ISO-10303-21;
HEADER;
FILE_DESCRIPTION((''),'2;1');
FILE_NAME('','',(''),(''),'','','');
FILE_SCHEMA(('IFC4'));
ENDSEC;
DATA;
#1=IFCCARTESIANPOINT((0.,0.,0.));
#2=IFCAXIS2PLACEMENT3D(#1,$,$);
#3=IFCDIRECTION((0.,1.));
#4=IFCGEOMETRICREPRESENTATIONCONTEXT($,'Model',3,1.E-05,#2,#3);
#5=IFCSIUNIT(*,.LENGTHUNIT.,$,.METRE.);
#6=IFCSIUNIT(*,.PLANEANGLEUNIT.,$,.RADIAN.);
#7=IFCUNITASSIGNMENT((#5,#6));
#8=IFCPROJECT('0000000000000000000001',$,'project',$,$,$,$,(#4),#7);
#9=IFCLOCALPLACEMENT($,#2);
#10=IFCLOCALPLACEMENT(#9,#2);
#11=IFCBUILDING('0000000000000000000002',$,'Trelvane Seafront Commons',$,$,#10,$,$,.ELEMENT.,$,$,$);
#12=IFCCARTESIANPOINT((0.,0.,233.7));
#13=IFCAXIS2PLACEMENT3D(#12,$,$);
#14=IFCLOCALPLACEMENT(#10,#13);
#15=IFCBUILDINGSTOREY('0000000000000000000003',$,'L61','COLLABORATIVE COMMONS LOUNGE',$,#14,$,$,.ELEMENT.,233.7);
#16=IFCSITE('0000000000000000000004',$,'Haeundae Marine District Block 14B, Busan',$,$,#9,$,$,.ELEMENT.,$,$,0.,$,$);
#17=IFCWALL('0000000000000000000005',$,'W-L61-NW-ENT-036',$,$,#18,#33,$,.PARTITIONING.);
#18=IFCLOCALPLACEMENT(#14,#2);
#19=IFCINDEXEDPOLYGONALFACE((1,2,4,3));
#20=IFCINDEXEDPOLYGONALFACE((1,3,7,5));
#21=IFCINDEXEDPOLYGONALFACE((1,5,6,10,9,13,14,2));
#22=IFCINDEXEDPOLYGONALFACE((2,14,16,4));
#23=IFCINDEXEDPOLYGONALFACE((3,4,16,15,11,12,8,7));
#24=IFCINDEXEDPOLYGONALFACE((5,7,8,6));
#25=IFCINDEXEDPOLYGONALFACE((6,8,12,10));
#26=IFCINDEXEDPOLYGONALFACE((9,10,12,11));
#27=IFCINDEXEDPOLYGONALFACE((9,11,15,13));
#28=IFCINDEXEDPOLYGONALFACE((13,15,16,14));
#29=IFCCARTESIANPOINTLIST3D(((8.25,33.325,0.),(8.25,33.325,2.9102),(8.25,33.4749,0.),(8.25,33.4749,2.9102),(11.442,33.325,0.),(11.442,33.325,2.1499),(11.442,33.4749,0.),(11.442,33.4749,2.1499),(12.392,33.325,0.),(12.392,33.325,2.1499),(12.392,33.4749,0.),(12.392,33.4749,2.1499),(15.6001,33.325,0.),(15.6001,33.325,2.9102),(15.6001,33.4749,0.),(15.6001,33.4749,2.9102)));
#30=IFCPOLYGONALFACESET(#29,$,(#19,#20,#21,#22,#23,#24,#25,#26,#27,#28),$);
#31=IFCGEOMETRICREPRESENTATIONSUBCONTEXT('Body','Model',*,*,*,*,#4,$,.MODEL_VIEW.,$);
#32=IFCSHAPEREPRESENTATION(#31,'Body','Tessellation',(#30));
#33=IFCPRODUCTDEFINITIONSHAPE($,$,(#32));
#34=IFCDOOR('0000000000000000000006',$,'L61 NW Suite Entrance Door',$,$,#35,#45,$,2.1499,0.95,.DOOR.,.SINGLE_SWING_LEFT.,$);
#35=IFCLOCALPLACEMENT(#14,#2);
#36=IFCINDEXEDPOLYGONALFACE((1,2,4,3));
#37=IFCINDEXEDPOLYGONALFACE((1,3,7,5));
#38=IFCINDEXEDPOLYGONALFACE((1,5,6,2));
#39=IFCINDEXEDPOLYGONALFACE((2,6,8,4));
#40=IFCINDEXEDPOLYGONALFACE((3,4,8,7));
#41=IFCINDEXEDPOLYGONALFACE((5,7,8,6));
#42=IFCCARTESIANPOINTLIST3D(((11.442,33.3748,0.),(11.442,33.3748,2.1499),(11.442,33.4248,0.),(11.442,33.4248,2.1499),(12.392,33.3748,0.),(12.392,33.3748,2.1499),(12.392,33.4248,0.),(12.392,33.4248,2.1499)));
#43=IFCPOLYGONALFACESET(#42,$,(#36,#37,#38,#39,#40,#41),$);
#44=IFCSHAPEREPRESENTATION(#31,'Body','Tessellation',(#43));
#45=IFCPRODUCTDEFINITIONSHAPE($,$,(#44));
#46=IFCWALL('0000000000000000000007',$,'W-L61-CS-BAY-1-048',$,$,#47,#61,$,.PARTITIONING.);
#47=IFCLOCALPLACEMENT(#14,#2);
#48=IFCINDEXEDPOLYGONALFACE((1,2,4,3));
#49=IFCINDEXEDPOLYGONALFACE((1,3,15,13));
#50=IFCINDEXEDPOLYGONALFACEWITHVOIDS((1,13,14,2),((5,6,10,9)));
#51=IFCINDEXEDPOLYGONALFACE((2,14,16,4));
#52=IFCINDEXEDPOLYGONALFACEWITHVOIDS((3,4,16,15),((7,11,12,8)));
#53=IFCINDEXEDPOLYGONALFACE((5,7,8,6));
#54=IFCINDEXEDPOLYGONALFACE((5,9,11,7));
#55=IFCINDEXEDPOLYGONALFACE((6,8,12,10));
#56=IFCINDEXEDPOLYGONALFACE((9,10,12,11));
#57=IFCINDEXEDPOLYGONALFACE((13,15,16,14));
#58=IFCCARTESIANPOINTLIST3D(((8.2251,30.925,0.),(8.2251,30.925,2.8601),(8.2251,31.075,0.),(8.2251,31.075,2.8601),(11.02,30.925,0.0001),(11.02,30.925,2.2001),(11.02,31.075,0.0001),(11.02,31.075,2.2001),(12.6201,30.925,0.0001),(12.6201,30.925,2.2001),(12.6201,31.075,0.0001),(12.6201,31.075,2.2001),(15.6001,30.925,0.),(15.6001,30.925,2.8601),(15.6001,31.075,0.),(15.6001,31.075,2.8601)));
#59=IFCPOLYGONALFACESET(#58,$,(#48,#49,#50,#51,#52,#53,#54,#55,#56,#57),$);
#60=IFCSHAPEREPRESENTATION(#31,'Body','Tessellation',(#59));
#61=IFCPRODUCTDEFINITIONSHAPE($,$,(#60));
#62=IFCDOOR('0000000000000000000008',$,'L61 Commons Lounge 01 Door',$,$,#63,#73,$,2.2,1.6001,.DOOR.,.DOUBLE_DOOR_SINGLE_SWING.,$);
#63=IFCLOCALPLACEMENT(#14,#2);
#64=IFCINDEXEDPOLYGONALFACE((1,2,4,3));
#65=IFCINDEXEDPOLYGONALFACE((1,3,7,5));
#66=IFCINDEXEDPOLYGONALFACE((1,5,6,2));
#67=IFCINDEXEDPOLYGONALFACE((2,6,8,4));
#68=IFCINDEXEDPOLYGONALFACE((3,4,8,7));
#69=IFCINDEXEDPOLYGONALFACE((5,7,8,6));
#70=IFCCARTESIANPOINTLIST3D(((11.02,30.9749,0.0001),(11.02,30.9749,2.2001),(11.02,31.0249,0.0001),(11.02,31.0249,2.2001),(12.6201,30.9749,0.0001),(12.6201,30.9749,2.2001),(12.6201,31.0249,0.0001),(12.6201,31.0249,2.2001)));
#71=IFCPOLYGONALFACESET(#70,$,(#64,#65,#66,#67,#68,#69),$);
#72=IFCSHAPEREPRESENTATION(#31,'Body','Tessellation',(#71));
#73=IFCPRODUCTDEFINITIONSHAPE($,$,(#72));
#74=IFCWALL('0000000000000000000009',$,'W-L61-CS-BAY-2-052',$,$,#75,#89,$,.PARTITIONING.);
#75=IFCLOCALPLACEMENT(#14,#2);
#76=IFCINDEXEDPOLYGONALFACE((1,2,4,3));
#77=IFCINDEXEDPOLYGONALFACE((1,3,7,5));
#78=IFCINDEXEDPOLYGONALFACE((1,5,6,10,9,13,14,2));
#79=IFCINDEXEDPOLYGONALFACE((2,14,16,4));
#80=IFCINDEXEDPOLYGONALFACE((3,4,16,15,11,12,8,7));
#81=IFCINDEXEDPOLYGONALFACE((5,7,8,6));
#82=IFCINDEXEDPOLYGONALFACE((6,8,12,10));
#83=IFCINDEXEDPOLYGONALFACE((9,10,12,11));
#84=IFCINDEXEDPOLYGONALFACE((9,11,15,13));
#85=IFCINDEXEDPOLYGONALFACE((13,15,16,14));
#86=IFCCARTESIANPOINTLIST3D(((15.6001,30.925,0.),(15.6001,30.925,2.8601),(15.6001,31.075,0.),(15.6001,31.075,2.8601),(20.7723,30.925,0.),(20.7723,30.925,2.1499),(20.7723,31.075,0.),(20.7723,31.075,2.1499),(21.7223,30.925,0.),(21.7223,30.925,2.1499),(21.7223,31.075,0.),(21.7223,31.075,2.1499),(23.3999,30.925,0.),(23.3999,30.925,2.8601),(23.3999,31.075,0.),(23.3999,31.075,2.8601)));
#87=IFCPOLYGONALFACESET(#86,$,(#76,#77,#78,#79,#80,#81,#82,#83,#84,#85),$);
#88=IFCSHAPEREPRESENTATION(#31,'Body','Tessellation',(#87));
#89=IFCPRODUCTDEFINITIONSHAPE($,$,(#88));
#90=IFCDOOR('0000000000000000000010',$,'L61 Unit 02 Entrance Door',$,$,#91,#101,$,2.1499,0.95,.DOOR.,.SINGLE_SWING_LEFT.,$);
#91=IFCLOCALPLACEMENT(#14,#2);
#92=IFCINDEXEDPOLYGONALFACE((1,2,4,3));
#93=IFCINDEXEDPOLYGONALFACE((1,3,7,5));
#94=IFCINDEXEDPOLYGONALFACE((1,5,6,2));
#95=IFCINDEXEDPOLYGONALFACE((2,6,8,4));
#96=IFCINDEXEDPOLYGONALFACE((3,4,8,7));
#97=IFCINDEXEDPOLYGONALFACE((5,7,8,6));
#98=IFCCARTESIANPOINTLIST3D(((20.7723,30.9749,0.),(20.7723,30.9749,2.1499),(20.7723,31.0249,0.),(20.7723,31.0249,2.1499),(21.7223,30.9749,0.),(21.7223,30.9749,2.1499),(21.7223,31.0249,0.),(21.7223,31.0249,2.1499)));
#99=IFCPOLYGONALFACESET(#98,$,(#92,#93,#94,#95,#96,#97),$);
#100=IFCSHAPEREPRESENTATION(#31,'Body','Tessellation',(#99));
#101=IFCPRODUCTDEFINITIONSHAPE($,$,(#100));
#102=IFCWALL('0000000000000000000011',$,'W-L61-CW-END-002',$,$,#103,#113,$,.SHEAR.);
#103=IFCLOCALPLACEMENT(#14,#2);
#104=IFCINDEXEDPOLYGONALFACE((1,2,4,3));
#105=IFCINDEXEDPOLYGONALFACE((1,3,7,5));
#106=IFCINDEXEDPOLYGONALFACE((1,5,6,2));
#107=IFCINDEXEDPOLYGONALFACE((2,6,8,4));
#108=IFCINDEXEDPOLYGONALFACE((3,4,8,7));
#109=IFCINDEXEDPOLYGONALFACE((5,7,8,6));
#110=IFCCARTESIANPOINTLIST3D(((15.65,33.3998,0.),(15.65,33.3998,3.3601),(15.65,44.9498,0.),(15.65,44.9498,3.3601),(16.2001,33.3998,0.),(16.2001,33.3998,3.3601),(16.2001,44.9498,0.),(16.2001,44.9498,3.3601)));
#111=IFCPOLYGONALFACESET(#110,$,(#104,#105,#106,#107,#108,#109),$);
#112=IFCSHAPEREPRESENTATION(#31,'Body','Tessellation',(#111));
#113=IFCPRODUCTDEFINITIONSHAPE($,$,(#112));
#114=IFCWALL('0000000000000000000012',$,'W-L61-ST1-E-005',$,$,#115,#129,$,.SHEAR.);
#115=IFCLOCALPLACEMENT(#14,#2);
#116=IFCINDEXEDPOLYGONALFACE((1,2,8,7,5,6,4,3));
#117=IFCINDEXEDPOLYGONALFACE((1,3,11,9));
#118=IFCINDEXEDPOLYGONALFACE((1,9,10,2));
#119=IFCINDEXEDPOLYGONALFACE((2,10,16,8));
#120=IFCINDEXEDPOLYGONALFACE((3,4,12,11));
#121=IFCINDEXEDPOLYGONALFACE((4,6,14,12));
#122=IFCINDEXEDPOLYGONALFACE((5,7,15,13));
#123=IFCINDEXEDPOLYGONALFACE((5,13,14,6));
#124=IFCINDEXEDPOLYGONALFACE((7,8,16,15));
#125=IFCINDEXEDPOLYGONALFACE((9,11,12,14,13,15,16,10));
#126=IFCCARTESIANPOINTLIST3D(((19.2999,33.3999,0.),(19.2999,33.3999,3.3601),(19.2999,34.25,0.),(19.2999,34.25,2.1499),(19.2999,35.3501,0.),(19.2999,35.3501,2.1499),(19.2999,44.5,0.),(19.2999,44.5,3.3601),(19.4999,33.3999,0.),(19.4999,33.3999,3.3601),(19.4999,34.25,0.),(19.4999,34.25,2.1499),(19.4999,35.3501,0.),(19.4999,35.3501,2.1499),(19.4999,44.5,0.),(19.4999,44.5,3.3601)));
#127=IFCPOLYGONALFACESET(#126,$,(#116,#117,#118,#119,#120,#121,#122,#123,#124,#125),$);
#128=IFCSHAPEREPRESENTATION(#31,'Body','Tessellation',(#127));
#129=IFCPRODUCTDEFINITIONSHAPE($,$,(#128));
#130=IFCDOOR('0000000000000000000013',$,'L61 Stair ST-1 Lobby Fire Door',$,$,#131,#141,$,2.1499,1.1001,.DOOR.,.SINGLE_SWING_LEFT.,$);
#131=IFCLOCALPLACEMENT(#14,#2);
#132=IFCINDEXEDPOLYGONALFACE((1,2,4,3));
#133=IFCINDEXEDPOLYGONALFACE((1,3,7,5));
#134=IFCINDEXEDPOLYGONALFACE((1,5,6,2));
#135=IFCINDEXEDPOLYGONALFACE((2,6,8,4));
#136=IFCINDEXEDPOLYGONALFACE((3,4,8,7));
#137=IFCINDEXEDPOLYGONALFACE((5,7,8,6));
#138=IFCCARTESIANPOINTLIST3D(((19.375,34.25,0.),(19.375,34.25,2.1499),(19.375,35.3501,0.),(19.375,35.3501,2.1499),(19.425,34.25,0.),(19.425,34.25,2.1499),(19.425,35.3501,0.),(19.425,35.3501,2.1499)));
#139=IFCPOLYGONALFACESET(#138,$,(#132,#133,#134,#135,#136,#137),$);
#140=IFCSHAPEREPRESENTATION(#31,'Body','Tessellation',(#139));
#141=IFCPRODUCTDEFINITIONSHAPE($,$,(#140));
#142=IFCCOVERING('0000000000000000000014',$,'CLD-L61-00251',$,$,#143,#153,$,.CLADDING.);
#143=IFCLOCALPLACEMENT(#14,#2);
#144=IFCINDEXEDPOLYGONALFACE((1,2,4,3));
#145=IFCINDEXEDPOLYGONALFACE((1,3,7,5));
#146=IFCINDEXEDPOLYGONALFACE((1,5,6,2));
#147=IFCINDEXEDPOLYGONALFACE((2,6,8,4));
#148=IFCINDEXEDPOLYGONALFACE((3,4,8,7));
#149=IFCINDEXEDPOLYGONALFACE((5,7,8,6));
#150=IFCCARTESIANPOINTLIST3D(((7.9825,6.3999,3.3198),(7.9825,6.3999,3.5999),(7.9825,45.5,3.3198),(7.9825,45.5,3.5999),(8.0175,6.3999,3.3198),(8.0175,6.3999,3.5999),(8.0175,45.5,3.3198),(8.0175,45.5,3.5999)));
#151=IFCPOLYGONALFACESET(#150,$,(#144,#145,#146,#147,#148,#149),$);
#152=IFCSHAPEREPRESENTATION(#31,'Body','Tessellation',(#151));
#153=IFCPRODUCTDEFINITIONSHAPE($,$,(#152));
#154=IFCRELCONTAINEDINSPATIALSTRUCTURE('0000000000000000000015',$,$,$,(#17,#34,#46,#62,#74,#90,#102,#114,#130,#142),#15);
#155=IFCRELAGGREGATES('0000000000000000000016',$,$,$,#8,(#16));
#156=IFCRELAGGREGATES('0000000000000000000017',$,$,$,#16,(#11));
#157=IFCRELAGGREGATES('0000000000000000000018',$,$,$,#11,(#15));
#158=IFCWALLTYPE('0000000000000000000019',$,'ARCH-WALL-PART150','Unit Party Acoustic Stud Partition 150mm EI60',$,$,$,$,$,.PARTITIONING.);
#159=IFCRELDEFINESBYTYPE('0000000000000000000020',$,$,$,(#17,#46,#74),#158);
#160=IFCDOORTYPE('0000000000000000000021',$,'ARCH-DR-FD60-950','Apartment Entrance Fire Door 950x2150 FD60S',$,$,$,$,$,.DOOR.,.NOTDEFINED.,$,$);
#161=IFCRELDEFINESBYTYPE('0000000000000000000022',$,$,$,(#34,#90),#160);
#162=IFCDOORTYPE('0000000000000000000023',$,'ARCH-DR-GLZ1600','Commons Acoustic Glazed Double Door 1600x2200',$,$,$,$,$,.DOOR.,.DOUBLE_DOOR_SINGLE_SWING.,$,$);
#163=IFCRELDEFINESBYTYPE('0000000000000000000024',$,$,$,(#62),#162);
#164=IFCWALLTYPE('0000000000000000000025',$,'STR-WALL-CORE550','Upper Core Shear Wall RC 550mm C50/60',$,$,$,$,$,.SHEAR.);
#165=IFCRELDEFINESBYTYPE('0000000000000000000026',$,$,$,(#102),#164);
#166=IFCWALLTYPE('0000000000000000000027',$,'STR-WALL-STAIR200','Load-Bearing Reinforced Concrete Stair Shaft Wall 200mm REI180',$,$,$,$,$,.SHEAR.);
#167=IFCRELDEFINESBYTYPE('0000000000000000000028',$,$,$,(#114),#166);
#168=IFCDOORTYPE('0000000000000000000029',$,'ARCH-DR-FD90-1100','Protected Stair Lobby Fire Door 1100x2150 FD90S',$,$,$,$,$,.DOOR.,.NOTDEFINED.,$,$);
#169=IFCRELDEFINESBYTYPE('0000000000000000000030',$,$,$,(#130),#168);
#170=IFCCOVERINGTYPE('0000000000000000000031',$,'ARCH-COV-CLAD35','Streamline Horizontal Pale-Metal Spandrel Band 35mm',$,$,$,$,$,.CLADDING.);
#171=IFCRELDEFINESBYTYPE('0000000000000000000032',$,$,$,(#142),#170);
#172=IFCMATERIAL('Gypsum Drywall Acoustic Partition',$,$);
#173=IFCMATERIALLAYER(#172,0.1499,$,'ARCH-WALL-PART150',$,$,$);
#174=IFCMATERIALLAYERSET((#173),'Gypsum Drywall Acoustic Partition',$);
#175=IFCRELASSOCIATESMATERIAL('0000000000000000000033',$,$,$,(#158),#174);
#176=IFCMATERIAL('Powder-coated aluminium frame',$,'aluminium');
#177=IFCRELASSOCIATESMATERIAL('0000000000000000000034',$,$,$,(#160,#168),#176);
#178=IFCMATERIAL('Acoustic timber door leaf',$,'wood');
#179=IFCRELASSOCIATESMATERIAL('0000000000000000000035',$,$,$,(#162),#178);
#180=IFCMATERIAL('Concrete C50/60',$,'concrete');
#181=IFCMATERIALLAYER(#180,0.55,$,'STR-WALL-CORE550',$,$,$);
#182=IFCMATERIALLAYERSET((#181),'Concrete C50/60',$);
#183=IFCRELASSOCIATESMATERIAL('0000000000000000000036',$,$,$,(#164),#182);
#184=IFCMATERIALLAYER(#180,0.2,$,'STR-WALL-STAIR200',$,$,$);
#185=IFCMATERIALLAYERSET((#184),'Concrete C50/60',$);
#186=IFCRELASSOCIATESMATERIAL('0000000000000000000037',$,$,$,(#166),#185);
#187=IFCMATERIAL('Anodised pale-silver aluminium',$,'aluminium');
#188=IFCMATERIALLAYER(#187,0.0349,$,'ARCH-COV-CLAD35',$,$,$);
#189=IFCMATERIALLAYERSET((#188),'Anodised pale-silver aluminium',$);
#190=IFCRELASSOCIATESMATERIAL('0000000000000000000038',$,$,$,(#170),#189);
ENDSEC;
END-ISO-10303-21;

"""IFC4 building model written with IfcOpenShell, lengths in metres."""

from ifc_helpers import new_model, si_unit, direction, frame, frame_2d, origin, origin_2d, place, context, subcontext, project, spatial, rectangle, extrude, source, transform, mapped, material, layer, layer_set, type_object, element, fill, save


model = new_model("IFC4")

# Units and contexts
model_context = context("Model", 3, precision=1e-05, world=origin(), true_north=direction((0.0, 1.0)))
body_context = subcontext(model_context, "Body", "Model", "MODEL_VIEW")
ifc_project = project(units=[si_unit("LENGTHUNIT", "METRE"), si_unit("PLANEANGLEUNIT", "RADIAN")], contexts=[model_context])

# Site, building, storey
site_placement = place(None, origin())
site = spatial("IfcSite", under=ifc_project, at=site_placement, Name="Haeundae Marine District Block 14B, Busan", CompositionType="ELEMENT", RefElevation=0.0)
building_placement = place(site_placement, origin())
building = spatial("IfcBuilding", under=site, at=building_placement, Name="Trelvane Seafront Commons", CompositionType="ELEMENT")
storey_placement = place(building_placement, frame((0.0, 0.0, 233.7)))
storey = spatial("IfcBuildingStorey", under=building, at=storey_placement, Name="L61", Description="COLLABORATIVE COMMONS LOUNGE", CompositionType="ELEMENT", Elevation=233.7)

# Shared definitions
ifc_material_1 = material(Name="Concrete C50/60", Category="concrete")

# Shared definitions
ifc_material_2 = material(Name="Gypsum Drywall Acoustic Partition")
ifc_material_3 = material(Name="Acoustic timber door leaf", Category="wood")
shared_shape_1 = source(origin(), body_context, "Body", "SweptSolid", [
    extrude(rectangle(XDim=0.95, YDim=2.1499, at=frame_2d((0.4751, 1.075))), frame((0.0, 0.0249, 0.0), z_axis=(0.0, -1.0, 0.0), x_axis=(1.0, 0.0, 0.0)), (0.0, 0.0, 1.0), 0.05),
])

# Walls, openings, doors
ifc_layer_1 = layer(ifc_material_2, 0.1499, Name="ARCH-WALL-PART150")
ifc_layer_set_1 = layer_set([ifc_layer_1], Name="Gypsum Drywall Acoustic Partition")
wall_type_1 = type_object("IfcWallType", Name="ARCH-WALL-PART150", Description="Unit Party Acoustic Stud Partition 150mm EI60", PredefinedType="PARTITIONING", material=ifc_layer_set_1)
wall_1_placement = place(storey_placement, frame((8.25, 33.3999, 0.0), z_axis=(0.0, 0.0, 1.0), x_axis=(1.0, 0.0, 0.0)))
wall_1 = element("IfcWall", 1, at=wall_1_placement, inside=storey, type_object=wall_type_1, Name="W-L61-NW-ENT-036", PredefinedType="PARTITIONING", context=body_context, shape_type="SweptSolid", body=[
    extrude(rectangle(XDim=7.3501, YDim=0.1499, at=frame_2d((3.675, 0.0))), origin(), (0.0, 0.0, 1.0), 2.9102),
])
opening_1_placement = place(wall_1_placement, frame((3.1919, 0.0, 0.0)))
opening_1 = element("IfcOpeningElement", 2, at=opening_1_placement, cuts=wall_1, PredefinedType="OPENING", context=body_context, shape_type="SweptSolid", body=[
    extrude(rectangle(XDim=0.95, YDim=2.1499, at=frame_2d((0.4751, 1.075))), frame((0.0, 0.085, 0.0), z_axis=(0.0, -1.0, 0.0), x_axis=(1.0, 0.0, 0.0)), (0.0, 0.0, 1.0), 0.1699),
])
ifc_material_4 = material(Name="Powder-coated aluminium frame", Category="aluminium")
door_type_1 = type_object("IfcDoorType", Name="ARCH-DR-FD60-950", Description="Apartment Entrance Fire Door 950x2150 FD60S", OperationType="NOTDEFINED", PredefinedType="DOOR", material=ifc_material_4)
door_1_placement = place(opening_1_placement, origin())
door_1 = element("IfcDoor", 3, at=door_1_placement, inside=storey, type_object=door_type_1, Name="L61 NW Suite Entrance Door", OperationType="SINGLE_SWING_LEFT", OverallHeight=2.1499, OverallWidth=0.95, PredefinedType="DOOR", context=body_context, shape_type="MappedRepresentation", body=[
    mapped(shared_shape_1, transform((0.0, 0.0, 0.0), x_axis=(1.0, 0.0, 0.0), y_axis=(0.0, 1.0, 0.0), z_axis=(0.0, 0.0, 1.0), scale=1.0)),
])
fill(opening_1, door_1)
wall_2_placement = place(storey_placement, frame((8.2251, 31.0, 0.0), z_axis=(0.0, 0.0, 1.0), x_axis=(1.0, 0.0, 0.0)))
wall_2 = element("IfcWall", 4, at=wall_2_placement, inside=storey, type_object=wall_type_1, Name="W-L61-CS-BAY-1-048", PredefinedType="PARTITIONING", context=body_context, shape_type="SweptSolid", body=[
    extrude(rectangle(XDim=7.375, YDim=0.1499, at=frame_2d((3.6875, 0.0))), origin(), (0.0, 0.0, 1.0), 2.8601),
])
opening_2_placement = place(wall_2_placement, frame((2.7949, 0.0, 0.0)))
opening_2 = element("IfcOpeningElement", 5, at=opening_2_placement, cuts=wall_2, PredefinedType="OPENING", context=body_context, shape_type="SweptSolid", body=[
    extrude(rectangle(XDim=1.6001, YDim=2.2, at=frame_2d((0.8, 1.1001))), frame((0.0, 0.085, 0.0), z_axis=(0.0, -1.0, 0.0), x_axis=(1.0, 0.0, 0.0)), (0.0, 0.0, 1.0), 0.1699),
])
door_type_2 = type_object("IfcDoorType", Name="ARCH-DR-GLZ1600", Description="Commons Acoustic Glazed Double Door 1600x2200", OperationType="DOUBLE_DOOR_SINGLE_SWING", PredefinedType="DOOR", material=ifc_material_3)
shared_shape_2 = source(origin(), body_context, "Body", "SweptSolid", [
    extrude(rectangle(XDim=1.6001, YDim=2.2, at=frame_2d((0.8, 1.1001))), frame((0.0, 0.0249, 0.0), z_axis=(0.0, -1.0, 0.0), x_axis=(1.0, 0.0, 0.0)), (0.0, 0.0, 1.0), 0.05),
])
door_2_placement = place(opening_2_placement, origin())
door_2 = element("IfcDoor", 6, at=door_2_placement, inside=storey, type_object=door_type_2, Name="L61 Commons Lounge 01 Door", OperationType="DOUBLE_DOOR_SINGLE_SWING", OverallHeight=2.2, OverallWidth=1.6001, PredefinedType="DOOR", context=body_context, shape_type="MappedRepresentation", body=[
    mapped(shared_shape_2, transform((0.0, 0.0, 0.0), x_axis=(1.0, 0.0, 0.0), y_axis=(0.0, 1.0, 0.0), z_axis=(0.0, 0.0, 1.0), scale=1.0)),
])
fill(opening_2, door_2)
wall_3_placement = place(storey_placement, frame((15.6001, 31.0, 0.0), z_axis=(0.0, 0.0, 1.0), x_axis=(1.0, 0.0, 0.0)))
wall_3 = element("IfcWall", 7, at=wall_3_placement, inside=storey, type_object=wall_type_1, Name="W-L61-CS-BAY-2-052", PredefinedType="PARTITIONING", context=body_context, shape_type="SweptSolid", body=[
    extrude(rectangle(XDim=7.7998, YDim=0.1499, at=frame_2d((3.8999, 0.0))), origin(), (0.0, 0.0, 1.0), 2.8601),
])
opening_3_placement = place(wall_3_placement, frame((5.1721, 0.0, 0.0)))
opening_3 = element("IfcOpeningElement", 8, at=opening_3_placement, cuts=wall_3, PredefinedType="OPENING", context=body_context, shape_type="SweptSolid", body=[
    extrude(rectangle(XDim=0.95, YDim=2.1499, at=frame_2d((0.4751, 1.075))), frame((0.0, 0.085, 0.0), z_axis=(0.0, -1.0, 0.0), x_axis=(1.0, 0.0, 0.0)), (0.0, 0.0, 1.0), 0.1699),
])
door_3_placement = place(opening_3_placement, origin())
door_3 = element("IfcDoor", 9, at=door_3_placement, inside=storey, type_object=door_type_1, Name="L61 Unit 02 Entrance Door", OperationType="SINGLE_SWING_LEFT", OverallHeight=2.1499, OverallWidth=0.95, PredefinedType="DOOR", context=body_context, shape_type="MappedRepresentation", body=[
    mapped(shared_shape_1, transform((0.0, 0.0, 0.0), x_axis=(1.0, 0.0, 0.0), y_axis=(0.0, 1.0, 0.0), z_axis=(0.0, 0.0, 1.0), scale=1.0)),
])
fill(opening_3, door_3)

# Wall
ifc_layer_2 = layer(ifc_material_1, 0.55, Name="STR-WALL-CORE550")
ifc_layer_set_2 = layer_set([ifc_layer_2], Name="Concrete C50/60")
wall_type_2 = type_object("IfcWallType", Name="STR-WALL-CORE550", Description="Upper Core Shear Wall RC 550mm C50/60", PredefinedType="SHEAR", material=ifc_layer_set_2)
wall_4_placement = place(storey_placement, frame((15.925, 33.3999, 0.0), z_axis=(0.0, 0.0, 1.0), x_axis=(0.0, 1.0, 0.0)))
element("IfcWall", 10, at=wall_4_placement, inside=storey, type_object=wall_type_2, Name="W-L61-CW-END-002", PredefinedType="SHEAR", context=body_context, shape_type="SweptSolid", body=[
    extrude(rectangle(XDim=11.55, YDim=0.55, at=frame_2d((5.7749, 0.0))), origin(), (0.0, 0.0, 1.0), 3.3601),
])

# Wall, opening, door
ifc_layer_3 = layer(ifc_material_1, 0.2, Name="STR-WALL-STAIR200")
ifc_layer_set_3 = layer_set([ifc_layer_3], Name="Concrete C50/60")
wall_type_3 = type_object("IfcWallType", Name="STR-WALL-STAIR200", Description="Load-Bearing Reinforced Concrete Stair Shaft Wall 200mm REI180", PredefinedType="SHEAR", material=ifc_layer_set_3)
wall_5_placement = place(storey_placement, frame((19.3999, 33.3999, 0.0), z_axis=(0.0, 0.0, 1.0), x_axis=(0.0, 1.0, 0.0)))
wall_5 = element("IfcWall", 11, at=wall_5_placement, inside=storey, type_object=wall_type_3, Name="W-L61-ST1-E-005", PredefinedType="SHEAR", context=body_context, shape_type="SweptSolid", body=[
    extrude(rectangle(XDim=11.1001, YDim=0.2, at=frame_2d((5.55, 0.0))), origin(), (0.0, 0.0, 1.0), 3.3601),
])
opening_4_placement = place(wall_5_placement, frame((0.8501, 0.0, 0.0)))
opening_4 = element("IfcOpeningElement", 12, at=opening_4_placement, cuts=wall_5, PredefinedType="OPENING", context=body_context, shape_type="SweptSolid", body=[
    extrude(rectangle(XDim=1.1001, YDim=2.1499, at=frame_2d((0.55, 1.075))), frame((0.0, 0.1099, 0.0), z_axis=(0.0, -1.0, 0.0), x_axis=(1.0, 0.0, 0.0)), (0.0, 0.0, 1.0), 0.22),
])
door_type_3 = type_object("IfcDoorType", Name="ARCH-DR-FD90-1100", Description="Protected Stair Lobby Fire Door 1100x2150 FD90S", OperationType="NOTDEFINED", PredefinedType="DOOR", material=ifc_material_4)
shared_shape_3 = source(origin(), body_context, "Body", "SweptSolid", [
    extrude(rectangle(XDim=1.1001, YDim=2.1499, at=frame_2d((0.55, 1.075))), frame((0.0, 0.0249, 0.0), z_axis=(0.0, -1.0, 0.0), x_axis=(1.0, 0.0, 0.0)), (0.0, 0.0, 1.0), 0.05),
])
door_4_placement = place(opening_4_placement, origin())
door_4 = element("IfcDoor", 13, at=door_4_placement, inside=storey, type_object=door_type_3, Name="L61 Stair ST-1 Lobby Fire Door", OperationType="SINGLE_SWING_LEFT", OverallHeight=2.1499, OverallWidth=1.1001, PredefinedType="DOOR", context=body_context, shape_type="MappedRepresentation", body=[
    mapped(shared_shape_3, transform((0.0, 0.0, 0.0), x_axis=(1.0, 0.0, 0.0), y_axis=(0.0, 1.0, 0.0), z_axis=(0.0, 0.0, 1.0), scale=1.0)),
])
fill(opening_4, door_4)

# Covering
ifc_material_5 = material(Name="Anodised pale-silver aluminium", Category="aluminium")
ifc_layer_4 = layer(ifc_material_5, 0.0349, Name="ARCH-COV-CLAD35")
ifc_layer_set_4 = layer_set([ifc_layer_4], Name="Anodised pale-silver aluminium")
covering_type = type_object("IfcCoveringType", Name="ARCH-COV-CLAD35", Description="Streamline Horizontal Pale-Metal Spandrel Band 35mm", PredefinedType="CLADDING", material=ifc_layer_set_4)
shared_shape_4 = source(origin(), body_context, "Body", "SweptSolid", [
    extrude(rectangle(XDim=39.1001, YDim=0.0349, at=origin_2d()), origin(), (0.0, 0.0, 1.0), 0.28),
])
covering_placement = place(storey_placement, frame((8.0, 25.95, 3.3198), z_axis=(0.0, 0.0, 1.0), x_axis=(0.0, 1.0, 0.0)))
element("IfcCovering", 14, at=covering_placement, inside=storey, type_object=covering_type, Name="CLD-L61-00251", PredefinedType="CLADDING", context=body_context, shape_type="MappedRepresentation", body=[
    mapped(shared_shape_4, transform((0.0, 0.0, 0.0), x_axis=(1.0, 0.0, 0.0), y_axis=(0.0, 1.0, 0.0), z_axis=(0.0, 0.0, 1.0), scale=1.0)),
])

save(model, "model.ifc")
